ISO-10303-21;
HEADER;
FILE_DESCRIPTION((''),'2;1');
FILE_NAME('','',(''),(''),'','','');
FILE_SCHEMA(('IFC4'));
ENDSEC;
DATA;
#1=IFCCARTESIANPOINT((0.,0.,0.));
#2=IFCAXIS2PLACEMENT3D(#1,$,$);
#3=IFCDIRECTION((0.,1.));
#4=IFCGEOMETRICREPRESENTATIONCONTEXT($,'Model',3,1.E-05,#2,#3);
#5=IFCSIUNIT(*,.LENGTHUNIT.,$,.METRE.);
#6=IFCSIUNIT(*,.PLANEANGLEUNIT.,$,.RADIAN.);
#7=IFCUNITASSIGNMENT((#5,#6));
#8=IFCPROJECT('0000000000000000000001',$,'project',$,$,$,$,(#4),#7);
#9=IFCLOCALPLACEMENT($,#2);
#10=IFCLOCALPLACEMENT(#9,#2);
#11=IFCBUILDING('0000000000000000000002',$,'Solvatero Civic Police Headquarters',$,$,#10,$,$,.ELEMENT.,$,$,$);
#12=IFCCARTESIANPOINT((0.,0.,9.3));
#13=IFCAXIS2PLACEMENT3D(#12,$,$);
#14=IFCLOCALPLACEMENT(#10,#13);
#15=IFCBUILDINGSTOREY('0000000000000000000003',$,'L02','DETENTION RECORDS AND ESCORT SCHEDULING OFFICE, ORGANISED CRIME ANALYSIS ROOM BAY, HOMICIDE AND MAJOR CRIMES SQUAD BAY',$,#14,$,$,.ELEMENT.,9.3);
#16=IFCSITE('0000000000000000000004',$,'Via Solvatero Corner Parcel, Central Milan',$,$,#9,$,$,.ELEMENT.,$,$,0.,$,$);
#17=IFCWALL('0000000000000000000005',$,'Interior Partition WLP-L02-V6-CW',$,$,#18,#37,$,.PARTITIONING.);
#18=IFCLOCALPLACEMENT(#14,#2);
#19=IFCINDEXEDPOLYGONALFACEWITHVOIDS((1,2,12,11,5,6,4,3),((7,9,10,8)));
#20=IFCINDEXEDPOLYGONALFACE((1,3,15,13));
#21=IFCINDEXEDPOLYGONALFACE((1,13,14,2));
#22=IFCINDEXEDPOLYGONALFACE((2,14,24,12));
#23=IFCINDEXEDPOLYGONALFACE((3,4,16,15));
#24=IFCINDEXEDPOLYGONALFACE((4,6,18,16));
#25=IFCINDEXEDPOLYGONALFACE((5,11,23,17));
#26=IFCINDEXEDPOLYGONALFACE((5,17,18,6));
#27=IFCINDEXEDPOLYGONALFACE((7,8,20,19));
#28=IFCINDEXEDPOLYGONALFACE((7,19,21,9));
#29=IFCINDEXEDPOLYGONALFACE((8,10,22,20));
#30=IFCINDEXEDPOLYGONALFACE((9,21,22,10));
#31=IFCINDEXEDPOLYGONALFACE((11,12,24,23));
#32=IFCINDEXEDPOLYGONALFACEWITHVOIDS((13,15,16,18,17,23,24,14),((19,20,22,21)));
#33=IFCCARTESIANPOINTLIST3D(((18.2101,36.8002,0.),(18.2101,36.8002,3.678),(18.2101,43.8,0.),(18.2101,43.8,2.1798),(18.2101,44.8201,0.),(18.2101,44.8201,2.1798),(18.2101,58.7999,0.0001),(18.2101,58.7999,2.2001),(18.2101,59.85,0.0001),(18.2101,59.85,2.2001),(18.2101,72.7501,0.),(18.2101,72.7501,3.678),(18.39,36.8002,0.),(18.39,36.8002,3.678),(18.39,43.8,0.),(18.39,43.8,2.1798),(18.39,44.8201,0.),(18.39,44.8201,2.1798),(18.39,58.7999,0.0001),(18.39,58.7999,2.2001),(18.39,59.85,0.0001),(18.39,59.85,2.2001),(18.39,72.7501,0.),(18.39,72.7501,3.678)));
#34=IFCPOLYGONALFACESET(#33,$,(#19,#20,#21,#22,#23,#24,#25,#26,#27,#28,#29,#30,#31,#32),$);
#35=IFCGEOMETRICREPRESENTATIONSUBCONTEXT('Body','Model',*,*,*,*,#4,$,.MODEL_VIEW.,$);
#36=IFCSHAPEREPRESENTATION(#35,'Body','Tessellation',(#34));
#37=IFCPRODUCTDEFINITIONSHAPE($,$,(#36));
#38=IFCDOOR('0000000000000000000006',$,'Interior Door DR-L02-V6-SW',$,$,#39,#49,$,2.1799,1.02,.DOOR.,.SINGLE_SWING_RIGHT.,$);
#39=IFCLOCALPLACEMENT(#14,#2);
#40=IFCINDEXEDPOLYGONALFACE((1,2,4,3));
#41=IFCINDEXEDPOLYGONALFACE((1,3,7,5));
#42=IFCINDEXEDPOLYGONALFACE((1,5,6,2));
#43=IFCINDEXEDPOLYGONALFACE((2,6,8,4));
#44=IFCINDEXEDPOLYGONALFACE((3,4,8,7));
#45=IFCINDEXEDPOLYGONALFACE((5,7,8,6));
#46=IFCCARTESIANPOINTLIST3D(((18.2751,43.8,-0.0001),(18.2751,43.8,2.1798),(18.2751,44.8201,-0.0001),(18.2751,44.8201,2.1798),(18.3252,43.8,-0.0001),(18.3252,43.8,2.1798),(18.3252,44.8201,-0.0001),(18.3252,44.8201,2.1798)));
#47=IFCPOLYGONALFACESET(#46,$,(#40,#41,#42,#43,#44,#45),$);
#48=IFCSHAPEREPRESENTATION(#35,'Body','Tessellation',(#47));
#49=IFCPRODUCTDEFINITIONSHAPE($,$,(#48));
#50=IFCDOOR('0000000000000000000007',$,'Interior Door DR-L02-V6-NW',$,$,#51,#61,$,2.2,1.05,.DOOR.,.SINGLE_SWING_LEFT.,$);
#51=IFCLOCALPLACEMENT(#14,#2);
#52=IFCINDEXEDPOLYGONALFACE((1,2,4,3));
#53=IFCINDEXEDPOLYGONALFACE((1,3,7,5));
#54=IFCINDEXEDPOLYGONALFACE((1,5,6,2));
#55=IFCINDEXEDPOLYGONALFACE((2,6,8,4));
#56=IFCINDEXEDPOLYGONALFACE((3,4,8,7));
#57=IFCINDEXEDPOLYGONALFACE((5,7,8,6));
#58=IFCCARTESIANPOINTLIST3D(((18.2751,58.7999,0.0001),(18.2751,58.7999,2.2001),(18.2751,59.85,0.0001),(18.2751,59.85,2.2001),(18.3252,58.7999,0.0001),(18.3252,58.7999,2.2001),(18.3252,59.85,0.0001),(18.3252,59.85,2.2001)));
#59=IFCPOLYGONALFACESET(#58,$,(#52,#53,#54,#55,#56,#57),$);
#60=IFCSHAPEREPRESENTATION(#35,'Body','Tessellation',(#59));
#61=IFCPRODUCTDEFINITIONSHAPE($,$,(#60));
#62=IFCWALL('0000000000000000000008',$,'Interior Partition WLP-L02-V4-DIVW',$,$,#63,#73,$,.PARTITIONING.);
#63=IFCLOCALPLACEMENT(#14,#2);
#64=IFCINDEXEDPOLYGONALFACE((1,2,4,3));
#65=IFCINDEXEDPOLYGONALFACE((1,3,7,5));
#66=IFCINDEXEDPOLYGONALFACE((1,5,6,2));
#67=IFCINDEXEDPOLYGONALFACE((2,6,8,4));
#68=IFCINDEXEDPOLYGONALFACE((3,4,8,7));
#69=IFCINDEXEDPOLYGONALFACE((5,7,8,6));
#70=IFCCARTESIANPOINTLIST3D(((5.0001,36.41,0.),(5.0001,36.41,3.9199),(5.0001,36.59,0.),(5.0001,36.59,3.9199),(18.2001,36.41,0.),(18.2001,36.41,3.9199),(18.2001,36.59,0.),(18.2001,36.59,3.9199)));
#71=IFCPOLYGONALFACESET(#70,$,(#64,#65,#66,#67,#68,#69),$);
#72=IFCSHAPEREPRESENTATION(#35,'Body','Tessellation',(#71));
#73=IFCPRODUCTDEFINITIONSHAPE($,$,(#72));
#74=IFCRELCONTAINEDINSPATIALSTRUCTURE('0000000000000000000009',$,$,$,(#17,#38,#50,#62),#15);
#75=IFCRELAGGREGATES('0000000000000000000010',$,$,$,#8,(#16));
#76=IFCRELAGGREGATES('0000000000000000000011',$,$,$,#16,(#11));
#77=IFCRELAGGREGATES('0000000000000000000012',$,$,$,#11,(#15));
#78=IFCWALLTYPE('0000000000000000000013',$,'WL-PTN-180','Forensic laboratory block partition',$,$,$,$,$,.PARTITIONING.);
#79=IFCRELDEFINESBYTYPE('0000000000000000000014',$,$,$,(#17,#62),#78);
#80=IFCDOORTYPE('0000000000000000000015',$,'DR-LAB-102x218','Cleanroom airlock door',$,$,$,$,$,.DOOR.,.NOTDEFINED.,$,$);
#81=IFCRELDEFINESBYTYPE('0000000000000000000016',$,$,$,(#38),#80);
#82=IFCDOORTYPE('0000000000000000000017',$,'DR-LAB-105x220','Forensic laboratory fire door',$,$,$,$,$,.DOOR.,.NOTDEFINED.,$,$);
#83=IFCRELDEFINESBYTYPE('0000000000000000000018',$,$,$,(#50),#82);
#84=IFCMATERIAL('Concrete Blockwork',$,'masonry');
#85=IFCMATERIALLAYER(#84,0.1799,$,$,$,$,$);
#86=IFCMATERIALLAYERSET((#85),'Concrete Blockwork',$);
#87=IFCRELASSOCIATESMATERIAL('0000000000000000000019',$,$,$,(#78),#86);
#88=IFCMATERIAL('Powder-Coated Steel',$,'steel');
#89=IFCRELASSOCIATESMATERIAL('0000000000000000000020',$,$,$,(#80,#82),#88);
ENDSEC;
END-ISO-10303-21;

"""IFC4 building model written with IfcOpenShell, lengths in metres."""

from ifc_helpers import new_model, si_unit, direction, frame, frame_2d, origin, place, context, subcontext, project, spatial, rectangle, extrude, material, layer, layer_set, type_object, element, fill, save


model = new_model("IFC4")

# Units and contexts
model_context = context("Model", 3, precision=1e-05, world=origin(), true_north=direction((0.0, 1.0)))
body_context = subcontext(model_context, "Body", "Model", "MODEL_VIEW")
ifc_project = project(units=[si_unit("LENGTHUNIT", "METRE"), si_unit("PLANEANGLEUNIT", "RADIAN")], contexts=[model_context])

# Site, building, storey
site_placement = place(None, origin())
site = spatial("IfcSite", under=ifc_project, at=site_placement, Name="Via Solvatero Corner Parcel, Central Milan", CompositionType="ELEMENT", RefElevation=0.0)
building_placement = place(site_placement, origin())
building = spatial("IfcBuilding", under=site, at=building_placement, Name="Solvatero Civic Police Headquarters", CompositionType="ELEMENT")
storey_placement = place(building_placement, frame((0.0, 0.0, 9.3)))
storey = spatial("IfcBuildingStorey", under=building, at=storey_placement, Name="L02", Description="DETENTION RECORDS AND ESCORT SCHEDULING OFFICE, ORGANISED CRIME ANALYSIS ROOM BAY, HOMICIDE AND MAJOR CRIMES SQUAD BAY", CompositionType="ELEMENT", Elevation=9.3)

# Wall, openings, doors
ifc_material_1 = material(Name="Concrete Blockwork", Category="masonry")
ifc_layer_1 = layer(ifc_material_1, 0.1799)
ifc_layer_set_1 = layer_set([ifc_layer_1], Name="Concrete Blockwork")
wall_type_1 = type_object("IfcWallType", Name="WL-PTN-180", Description="Forensic laboratory block partition", PredefinedType="PARTITIONING", material=ifc_layer_set_1)
wall_1_placement = place(storey_placement, frame((18.3, 36.8, 0.0), z_axis=(0.0, 0.0, 1.0), x_axis=(0.0, 1.0, 0.0)))
wall_1 = element("IfcWall", 1, at=wall_1_placement, inside=storey, type_object=wall_type_1, Name="Interior Partition WLP-L02-V6-CW", PredefinedType="PARTITIONING", context=body_context, shape_type="SweptSolid", body=[
    extrude(rectangle(XDim=35.95, YDim=0.1799, at=frame_2d((17.9751, 0.0))), origin(), (0.0, 0.0, 1.0), 3.678),
])
opening_1_placement = place(wall_1_placement, frame((7.0, 0.0, 0.0)))
opening_1 = element("IfcOpeningElement", 2, at=opening_1_placement, cuts=wall_1, PredefinedType="OPENING", context=body_context, shape_type="SweptSolid", body=[
    extrude(rectangle(XDim=1.02, YDim=2.1799, at=frame_2d((0.51, 1.0898))), frame((0.0, 0.0999, 0.0), z_axis=(0.0, -1.0, 0.0), x_axis=(1.0, 0.0, 0.0)), (0.0, 0.0, 1.0), 0.2),
])
opening_2_placement = place(wall_1_placement, frame((22.0, 0.0, 0.0)))
opening_2 = element("IfcOpeningElement", 3, at=opening_2_placement, cuts=wall_1, PredefinedType="OPENING", context=body_context, shape_type="SweptSolid", body=[
    extrude(rectangle(XDim=1.05, YDim=2.2, at=frame_2d((0.5249, 1.1001))), frame((0.0, 0.0999, 0.0), z_axis=(0.0, -1.0, 0.0), x_axis=(1.0, 0.0, 0.0)), (0.0, 0.0, 1.0), 0.2),
])
ifc_material_2 = material(Name="Powder-Coated Steel", Category="steel")
door_type_1 = type_object("IfcDoorType", Name="DR-LAB-102x218", Description="Cleanroom airlock door", OperationType="NOTDEFINED", PredefinedType="DOOR", material=ifc_material_2)
door_1_placement = place(opening_1_placement, origin())
door_1 = element("IfcDoor", 4, at=door_1_placement, inside=storey, type_object=door_type_1, Name="Interior Door DR-L02-V6-SW", OperationType="SINGLE_SWING_RIGHT", OverallHeight=2.1799, OverallWidth=1.02, PredefinedType="DOOR", context=body_context, shape_type="SweptSolid", body=[
    extrude(rectangle(XDim=1.02, YDim=2.1799, at=frame_2d((0.51, 1.0898))), frame((0.0, 0.0249, 0.0), z_axis=(0.0, -1.0, 0.0), x_axis=(1.0, 0.0, 0.0)), (0.0, 0.0, 1.0), 0.05),
])
fill(opening_1, door_1)
door_type_2 = type_object("IfcDoorType", Name="DR-LAB-105x220", Description="Forensic laboratory fire door", OperationType="NOTDEFINED", PredefinedType="DOOR", material=ifc_material_2)
door_2_placement = place(opening_2_placement, origin())
door_2 = element("IfcDoor", 5, at=door_2_placement, inside=storey, type_object=door_type_2, Name="Interior Door DR-L02-V6-NW", OperationType="SINGLE_SWING_LEFT", OverallHeight=2.2, OverallWidth=1.05, PredefinedType="DOOR", context=body_context, shape_type="SweptSolid", body=[
    extrude(rectangle(XDim=1.05, YDim=2.2, at=frame_2d((0.5249, 1.1001))), frame((0.0, 0.0249, 0.0), z_axis=(0.0, -1.0, 0.0), x_axis=(1.0, 0.0, 0.0)), (0.0, 0.0, 1.0), 0.05),
])
fill(opening_2, door_2)

# Wall
wall_2_placement = place(storey_placement, frame((5.0, 36.5, 0.0), z_axis=(0.0, 0.0, 1.0), x_axis=(1.0, 0.0, 0.0)))
element("IfcWall", 6, at=wall_2_placement, inside=storey, type_object=wall_type_1, Name="Interior Partition WLP-L02-V4-DIVW", PredefinedType="PARTITIONING", context=body_context, shape_type="SweptSolid", body=[
    extrude(rectangle(XDim=13.2, YDim=0.1799, at=frame_2d((6.6001, 0.0))), origin(), (0.0, 0.0, 1.0), 3.9199),
])

save(model, "model.ifc")
